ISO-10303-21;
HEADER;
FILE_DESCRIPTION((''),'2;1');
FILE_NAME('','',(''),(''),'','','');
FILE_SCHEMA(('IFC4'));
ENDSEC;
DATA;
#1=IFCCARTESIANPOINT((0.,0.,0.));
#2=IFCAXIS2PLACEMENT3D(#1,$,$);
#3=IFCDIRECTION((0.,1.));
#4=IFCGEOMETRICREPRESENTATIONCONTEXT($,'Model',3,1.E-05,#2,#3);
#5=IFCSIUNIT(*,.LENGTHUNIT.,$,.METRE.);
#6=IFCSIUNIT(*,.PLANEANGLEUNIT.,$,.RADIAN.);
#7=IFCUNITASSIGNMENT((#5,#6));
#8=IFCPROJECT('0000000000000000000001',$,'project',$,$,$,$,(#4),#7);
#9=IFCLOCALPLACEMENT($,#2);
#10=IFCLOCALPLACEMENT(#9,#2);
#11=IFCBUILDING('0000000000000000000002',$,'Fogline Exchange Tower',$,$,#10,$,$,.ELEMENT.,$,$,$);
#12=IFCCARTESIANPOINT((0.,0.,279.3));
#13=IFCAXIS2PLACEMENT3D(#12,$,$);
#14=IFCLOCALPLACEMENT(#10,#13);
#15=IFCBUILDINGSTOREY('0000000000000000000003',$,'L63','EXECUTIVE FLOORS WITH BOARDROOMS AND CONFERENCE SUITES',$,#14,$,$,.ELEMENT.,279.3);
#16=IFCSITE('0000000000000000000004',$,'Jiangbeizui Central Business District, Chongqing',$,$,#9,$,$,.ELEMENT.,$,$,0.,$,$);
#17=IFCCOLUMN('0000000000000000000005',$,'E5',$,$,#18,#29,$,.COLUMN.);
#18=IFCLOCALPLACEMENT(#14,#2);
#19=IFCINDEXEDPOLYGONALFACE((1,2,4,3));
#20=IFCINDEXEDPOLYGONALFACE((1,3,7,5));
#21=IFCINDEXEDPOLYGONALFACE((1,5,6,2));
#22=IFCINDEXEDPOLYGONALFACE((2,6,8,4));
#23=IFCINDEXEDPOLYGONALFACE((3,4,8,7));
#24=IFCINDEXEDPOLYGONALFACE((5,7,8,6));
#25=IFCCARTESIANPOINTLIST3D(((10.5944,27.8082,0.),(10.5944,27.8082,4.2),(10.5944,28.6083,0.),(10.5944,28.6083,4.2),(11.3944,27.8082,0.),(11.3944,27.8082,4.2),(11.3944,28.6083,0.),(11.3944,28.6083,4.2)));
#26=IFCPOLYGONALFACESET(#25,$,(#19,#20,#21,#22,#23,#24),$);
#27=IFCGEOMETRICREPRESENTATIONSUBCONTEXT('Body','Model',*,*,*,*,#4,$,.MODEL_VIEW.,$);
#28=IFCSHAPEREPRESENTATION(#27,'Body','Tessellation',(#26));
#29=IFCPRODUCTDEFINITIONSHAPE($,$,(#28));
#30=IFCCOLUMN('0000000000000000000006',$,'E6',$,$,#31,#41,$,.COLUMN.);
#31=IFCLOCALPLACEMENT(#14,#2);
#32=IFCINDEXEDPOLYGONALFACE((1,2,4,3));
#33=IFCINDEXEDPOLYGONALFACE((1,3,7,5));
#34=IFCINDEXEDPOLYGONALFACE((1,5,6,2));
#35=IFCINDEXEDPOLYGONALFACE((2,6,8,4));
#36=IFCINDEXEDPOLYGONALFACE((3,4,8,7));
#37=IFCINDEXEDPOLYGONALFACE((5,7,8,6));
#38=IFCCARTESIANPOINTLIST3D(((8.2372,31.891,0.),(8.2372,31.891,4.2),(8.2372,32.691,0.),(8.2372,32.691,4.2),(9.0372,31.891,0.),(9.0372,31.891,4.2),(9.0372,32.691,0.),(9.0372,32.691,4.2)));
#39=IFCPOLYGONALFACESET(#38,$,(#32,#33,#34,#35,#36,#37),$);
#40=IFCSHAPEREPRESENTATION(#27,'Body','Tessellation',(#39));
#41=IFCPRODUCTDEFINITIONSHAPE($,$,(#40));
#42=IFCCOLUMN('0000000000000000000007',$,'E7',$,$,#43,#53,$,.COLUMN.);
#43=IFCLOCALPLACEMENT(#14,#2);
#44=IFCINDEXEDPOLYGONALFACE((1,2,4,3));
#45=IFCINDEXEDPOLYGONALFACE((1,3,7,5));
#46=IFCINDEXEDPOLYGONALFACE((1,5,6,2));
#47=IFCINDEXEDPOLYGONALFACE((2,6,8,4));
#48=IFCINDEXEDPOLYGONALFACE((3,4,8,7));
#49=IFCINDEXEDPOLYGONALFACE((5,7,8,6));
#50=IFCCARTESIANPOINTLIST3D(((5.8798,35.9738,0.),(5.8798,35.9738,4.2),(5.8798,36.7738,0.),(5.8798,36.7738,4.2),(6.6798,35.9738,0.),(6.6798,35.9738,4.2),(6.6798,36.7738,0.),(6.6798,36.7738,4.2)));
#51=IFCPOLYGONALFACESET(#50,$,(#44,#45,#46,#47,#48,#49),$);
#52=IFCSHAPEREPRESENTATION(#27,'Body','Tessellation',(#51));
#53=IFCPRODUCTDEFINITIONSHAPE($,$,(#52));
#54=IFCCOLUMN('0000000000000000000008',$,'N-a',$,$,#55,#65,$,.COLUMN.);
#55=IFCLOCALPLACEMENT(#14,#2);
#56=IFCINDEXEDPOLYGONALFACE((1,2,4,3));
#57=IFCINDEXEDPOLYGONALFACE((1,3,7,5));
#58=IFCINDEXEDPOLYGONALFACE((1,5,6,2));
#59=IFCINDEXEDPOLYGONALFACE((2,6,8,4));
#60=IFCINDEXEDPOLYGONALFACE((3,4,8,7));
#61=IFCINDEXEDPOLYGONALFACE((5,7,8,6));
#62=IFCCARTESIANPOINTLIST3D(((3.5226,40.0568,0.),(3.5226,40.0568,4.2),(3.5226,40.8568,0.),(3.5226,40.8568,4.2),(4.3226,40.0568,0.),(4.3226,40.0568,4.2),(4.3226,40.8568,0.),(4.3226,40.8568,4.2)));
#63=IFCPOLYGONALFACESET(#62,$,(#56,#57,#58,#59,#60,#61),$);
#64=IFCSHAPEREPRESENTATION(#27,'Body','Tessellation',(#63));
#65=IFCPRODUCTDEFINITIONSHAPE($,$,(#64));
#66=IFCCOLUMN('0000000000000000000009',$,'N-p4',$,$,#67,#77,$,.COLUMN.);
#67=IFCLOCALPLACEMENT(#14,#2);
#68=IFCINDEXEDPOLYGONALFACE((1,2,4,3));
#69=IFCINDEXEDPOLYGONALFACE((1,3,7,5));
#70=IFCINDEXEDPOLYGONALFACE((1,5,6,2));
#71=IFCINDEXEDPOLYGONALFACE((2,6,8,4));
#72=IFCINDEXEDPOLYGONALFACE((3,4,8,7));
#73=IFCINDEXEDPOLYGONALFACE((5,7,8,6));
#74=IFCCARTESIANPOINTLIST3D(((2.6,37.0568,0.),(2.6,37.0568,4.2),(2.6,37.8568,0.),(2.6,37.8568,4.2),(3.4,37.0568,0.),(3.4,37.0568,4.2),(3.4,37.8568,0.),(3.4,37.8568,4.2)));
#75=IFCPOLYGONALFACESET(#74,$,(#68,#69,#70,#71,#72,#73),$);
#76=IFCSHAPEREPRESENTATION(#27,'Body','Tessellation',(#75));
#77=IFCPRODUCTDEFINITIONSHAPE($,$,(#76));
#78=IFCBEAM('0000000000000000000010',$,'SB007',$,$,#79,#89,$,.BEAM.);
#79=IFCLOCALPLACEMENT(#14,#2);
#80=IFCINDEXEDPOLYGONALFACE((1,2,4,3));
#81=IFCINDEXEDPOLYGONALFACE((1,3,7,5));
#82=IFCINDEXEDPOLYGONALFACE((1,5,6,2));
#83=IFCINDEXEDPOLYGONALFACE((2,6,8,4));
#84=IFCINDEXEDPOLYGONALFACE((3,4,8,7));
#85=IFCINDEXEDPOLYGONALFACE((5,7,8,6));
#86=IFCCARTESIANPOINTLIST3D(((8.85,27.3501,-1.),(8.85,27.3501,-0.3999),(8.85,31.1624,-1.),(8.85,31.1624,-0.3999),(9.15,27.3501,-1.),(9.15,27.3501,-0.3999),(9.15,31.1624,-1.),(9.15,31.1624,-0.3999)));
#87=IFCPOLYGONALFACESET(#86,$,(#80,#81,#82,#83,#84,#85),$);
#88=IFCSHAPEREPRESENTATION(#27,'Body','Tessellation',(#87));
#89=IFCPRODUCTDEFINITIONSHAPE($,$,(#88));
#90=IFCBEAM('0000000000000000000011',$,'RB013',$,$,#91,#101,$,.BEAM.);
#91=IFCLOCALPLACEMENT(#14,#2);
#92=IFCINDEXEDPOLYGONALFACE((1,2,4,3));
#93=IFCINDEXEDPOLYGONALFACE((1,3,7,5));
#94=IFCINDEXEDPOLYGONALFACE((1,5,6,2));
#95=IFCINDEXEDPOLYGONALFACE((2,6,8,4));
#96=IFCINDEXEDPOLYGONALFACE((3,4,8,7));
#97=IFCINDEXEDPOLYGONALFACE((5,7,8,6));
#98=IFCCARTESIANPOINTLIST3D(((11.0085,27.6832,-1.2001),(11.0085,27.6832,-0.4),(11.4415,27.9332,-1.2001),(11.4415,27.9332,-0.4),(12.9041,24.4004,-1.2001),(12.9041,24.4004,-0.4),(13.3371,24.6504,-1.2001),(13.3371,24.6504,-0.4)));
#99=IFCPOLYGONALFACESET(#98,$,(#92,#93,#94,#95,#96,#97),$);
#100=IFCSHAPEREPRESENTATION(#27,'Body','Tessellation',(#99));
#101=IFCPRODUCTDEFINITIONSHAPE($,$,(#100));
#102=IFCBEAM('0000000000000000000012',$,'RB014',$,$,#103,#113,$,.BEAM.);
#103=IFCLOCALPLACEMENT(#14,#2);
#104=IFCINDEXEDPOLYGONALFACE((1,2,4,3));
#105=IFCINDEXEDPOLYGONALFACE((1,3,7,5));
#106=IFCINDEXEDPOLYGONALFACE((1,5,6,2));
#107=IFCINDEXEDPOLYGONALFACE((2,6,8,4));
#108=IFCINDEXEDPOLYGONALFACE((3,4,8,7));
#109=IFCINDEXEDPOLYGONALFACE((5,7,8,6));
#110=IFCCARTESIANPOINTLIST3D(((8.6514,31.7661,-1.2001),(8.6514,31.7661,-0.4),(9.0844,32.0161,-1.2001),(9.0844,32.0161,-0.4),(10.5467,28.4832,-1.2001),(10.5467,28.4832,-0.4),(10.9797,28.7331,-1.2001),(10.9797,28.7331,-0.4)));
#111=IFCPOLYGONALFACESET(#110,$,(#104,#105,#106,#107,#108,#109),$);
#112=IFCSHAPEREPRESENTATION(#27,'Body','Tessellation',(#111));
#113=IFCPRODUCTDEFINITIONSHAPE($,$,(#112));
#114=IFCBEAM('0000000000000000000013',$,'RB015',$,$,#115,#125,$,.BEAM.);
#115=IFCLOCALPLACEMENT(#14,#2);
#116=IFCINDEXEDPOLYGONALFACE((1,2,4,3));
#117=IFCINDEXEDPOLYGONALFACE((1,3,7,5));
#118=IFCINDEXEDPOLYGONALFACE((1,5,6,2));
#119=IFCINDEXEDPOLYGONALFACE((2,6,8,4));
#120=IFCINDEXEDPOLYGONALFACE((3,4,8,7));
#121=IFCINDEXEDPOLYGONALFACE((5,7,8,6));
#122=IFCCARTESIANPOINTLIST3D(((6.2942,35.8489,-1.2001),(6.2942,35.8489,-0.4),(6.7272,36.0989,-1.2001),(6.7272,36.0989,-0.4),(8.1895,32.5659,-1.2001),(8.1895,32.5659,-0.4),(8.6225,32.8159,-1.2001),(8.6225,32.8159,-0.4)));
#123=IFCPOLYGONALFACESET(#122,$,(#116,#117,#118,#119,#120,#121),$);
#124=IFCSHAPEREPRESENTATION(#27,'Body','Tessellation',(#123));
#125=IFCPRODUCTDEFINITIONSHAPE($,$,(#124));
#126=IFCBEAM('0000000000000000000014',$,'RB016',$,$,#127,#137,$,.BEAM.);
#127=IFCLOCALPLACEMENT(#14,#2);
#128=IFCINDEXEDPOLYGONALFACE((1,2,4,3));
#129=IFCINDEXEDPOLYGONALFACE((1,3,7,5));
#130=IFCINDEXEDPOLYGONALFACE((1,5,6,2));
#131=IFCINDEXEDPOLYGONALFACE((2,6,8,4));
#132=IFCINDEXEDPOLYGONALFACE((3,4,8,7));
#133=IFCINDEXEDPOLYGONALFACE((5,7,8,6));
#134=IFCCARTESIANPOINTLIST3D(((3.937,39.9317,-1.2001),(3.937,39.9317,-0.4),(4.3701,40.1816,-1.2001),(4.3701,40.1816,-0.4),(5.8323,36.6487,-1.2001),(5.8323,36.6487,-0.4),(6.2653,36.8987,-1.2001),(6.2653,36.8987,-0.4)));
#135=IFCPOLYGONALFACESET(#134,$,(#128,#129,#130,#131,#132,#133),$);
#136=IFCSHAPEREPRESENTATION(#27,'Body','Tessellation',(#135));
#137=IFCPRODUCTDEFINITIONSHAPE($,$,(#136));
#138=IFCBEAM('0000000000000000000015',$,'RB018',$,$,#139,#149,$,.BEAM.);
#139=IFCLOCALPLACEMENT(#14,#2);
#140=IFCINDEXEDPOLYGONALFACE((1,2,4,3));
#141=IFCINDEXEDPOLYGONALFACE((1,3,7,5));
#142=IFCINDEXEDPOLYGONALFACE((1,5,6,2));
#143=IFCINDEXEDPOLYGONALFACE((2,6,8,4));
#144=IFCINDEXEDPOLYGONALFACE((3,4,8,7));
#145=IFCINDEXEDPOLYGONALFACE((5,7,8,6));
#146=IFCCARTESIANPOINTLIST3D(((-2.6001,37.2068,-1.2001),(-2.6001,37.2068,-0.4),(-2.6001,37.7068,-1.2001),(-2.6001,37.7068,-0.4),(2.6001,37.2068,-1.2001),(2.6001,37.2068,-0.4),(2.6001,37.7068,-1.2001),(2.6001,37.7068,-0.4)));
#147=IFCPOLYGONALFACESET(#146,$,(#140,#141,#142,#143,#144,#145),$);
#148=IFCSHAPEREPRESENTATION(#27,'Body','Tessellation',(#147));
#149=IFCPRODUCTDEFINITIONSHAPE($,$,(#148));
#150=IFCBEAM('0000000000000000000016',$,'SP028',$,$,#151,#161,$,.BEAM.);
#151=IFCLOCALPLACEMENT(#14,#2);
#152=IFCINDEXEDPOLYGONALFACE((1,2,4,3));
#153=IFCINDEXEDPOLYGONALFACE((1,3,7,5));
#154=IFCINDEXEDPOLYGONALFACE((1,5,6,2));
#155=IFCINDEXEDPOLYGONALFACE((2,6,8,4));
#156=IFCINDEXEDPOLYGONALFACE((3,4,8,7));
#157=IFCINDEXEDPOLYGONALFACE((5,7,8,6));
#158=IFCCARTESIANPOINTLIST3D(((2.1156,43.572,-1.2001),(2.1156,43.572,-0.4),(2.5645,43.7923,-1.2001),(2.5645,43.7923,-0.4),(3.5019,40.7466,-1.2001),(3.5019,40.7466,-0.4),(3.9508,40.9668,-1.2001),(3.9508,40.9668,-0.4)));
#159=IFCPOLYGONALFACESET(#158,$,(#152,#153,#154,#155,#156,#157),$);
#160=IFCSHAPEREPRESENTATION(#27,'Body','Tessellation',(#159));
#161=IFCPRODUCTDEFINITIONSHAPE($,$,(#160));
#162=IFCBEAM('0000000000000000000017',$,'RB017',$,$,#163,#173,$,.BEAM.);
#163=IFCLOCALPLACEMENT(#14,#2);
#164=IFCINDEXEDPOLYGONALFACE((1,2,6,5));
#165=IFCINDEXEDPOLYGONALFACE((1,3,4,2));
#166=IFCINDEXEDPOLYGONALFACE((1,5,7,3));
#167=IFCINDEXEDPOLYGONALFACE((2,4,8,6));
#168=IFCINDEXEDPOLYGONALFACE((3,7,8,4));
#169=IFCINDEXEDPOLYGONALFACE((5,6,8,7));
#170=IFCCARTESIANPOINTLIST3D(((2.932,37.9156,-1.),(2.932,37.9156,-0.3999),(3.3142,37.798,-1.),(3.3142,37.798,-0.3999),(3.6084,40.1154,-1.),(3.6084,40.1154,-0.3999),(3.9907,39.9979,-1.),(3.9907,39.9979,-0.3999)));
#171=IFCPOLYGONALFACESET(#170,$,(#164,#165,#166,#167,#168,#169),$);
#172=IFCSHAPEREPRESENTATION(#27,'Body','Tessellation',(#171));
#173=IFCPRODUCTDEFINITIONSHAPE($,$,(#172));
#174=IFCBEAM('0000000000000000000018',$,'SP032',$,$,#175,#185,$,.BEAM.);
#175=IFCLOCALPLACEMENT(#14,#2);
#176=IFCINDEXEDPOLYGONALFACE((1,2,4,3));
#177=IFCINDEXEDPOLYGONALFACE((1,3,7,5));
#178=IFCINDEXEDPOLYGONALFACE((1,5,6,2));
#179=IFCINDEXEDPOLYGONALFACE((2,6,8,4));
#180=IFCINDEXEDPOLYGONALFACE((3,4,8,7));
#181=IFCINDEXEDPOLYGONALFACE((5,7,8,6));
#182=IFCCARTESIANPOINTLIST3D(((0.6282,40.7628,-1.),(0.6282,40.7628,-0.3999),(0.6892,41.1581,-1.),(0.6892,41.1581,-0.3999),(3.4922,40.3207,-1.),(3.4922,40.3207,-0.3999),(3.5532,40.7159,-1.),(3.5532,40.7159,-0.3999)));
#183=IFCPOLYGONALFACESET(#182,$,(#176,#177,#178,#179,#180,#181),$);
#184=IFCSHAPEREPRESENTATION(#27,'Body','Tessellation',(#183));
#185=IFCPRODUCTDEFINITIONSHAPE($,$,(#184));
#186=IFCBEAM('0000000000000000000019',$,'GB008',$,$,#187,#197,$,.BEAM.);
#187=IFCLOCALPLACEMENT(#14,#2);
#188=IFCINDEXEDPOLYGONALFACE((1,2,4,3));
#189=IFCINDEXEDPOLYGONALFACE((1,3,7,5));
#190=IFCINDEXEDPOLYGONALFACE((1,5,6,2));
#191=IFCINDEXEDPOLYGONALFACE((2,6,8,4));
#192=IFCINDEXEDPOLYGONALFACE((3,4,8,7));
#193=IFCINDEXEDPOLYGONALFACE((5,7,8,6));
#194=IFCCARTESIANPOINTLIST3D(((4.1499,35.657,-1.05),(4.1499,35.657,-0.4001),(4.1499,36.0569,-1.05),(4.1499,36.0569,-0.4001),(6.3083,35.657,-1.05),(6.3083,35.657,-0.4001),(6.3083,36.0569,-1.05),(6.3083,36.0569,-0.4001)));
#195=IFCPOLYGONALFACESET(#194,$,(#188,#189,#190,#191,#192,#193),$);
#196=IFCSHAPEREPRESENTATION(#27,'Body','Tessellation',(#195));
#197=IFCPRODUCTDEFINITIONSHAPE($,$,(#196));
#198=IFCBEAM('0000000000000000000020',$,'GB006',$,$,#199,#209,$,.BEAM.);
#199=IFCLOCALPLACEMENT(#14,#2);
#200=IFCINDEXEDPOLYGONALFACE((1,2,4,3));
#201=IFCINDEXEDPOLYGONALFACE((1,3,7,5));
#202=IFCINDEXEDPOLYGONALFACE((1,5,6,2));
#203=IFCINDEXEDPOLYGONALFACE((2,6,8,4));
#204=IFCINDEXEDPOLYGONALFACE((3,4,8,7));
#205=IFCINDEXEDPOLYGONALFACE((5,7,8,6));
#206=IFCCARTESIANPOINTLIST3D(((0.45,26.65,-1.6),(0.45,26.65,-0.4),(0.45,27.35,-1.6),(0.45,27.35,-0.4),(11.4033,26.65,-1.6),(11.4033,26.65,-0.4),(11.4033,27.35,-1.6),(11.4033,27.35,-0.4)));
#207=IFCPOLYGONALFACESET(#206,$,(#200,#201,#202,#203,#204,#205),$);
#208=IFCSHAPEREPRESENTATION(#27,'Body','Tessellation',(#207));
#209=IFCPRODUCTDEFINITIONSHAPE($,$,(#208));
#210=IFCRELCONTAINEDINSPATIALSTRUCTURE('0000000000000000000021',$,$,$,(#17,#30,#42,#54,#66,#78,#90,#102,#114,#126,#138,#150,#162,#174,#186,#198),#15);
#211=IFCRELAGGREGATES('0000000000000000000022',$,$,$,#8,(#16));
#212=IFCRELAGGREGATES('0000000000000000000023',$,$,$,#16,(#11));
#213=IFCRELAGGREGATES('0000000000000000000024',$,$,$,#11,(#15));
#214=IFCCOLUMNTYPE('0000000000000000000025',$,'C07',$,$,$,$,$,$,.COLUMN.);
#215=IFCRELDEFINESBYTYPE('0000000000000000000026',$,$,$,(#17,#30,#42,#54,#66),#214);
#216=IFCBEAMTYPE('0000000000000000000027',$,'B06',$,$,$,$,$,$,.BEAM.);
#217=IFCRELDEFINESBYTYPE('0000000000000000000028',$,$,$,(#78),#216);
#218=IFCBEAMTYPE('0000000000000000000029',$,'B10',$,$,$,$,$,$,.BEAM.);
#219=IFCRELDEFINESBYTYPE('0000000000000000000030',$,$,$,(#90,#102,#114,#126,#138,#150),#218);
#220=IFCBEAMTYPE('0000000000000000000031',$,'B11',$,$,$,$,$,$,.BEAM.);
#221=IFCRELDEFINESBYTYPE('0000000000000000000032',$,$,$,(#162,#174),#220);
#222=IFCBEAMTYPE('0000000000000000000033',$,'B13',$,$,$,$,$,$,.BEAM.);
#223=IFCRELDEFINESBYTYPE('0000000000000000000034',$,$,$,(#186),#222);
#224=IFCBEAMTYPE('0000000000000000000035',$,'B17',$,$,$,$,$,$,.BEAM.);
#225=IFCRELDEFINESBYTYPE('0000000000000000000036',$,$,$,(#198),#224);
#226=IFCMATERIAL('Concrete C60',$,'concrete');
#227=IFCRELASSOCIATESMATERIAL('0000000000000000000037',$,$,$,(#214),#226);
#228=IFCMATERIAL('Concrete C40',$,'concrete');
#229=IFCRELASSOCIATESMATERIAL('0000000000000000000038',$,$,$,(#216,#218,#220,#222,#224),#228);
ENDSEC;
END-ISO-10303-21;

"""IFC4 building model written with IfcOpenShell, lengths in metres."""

from ifc_helpers import new_model, si_unit, direction, frame, origin, origin_2d, place, context, subcontext, project, spatial, rectangle, extrude, material, material_profile, profile_set, type_object, element, save


model = new_model("IFC4")

# Units and contexts
model_context = context("Model", 3, precision=1e-05, world=origin(), true_north=direction((0.0, 1.0)))
body_context = subcontext(model_context, "Body", "Model", "MODEL_VIEW")
ifc_project = project(units=[si_unit("LENGTHUNIT", "METRE"), si_unit("PLANEANGLEUNIT", "RADIAN")], contexts=[model_context])

# Site, building, storey
site_placement = place(None, origin())
site = spatial("IfcSite", under=ifc_project, at=site_placement, Name="Jiangbeizui Central Business District, Chongqing", CompositionType="ELEMENT", RefElevation=0.0)
building_placement = place(site_placement, origin())
building = spatial("IfcBuilding", under=site, at=building_placement, Name="Fogline Exchange Tower", CompositionType="ELEMENT")
storey_placement = place(building_placement, frame((0.0, 0.0, 279.3)))
storey = spatial("IfcBuildingStorey", under=building, at=storey_placement, Name="L63", Description="EXECUTIVE FLOORS WITH BOARDROOMS AND CONFERENCE SUITES", CompositionType="ELEMENT", Elevation=279.3)

# Columns
ifc_material_1 = material(Name="Concrete C60", Category="concrete")
ifc_material_profile_1 = material_profile(ifc_material_1, rectangle(XDim=0.8, YDim=0.8, at=origin_2d()), Name="RC 800x800")
ifc_profile_set_1 = profile_set([ifc_material_profile_1], Name="Concrete C60")
column_type = type_object("IfcColumnType", Name="C07", PredefinedType="COLUMN", material=ifc_profile_set_1)
for number, where, z_axis, x_axis, name in (
    (1, (10.9944, 28.2083, 0.0), (0.0, 0.0, 1.0), (1.0, 0.0, 0.0), "E5"),
    (2, (8.6372, 32.291, 0.0), (0.0, 0.0, 1.0), (1.0, 0.0, 0.0), "E6"),
    (3, (6.2798, 36.3738, 0.0), (0.0, 0.0, 1.0), (1.0, 0.0, 0.0), "E7"),
    (4, (3.9226, 40.4568, 0.0), (0.0, 0.0, 1.0), (1.0, 0.0, 0.0), "N-a"),
    (5, (3.0, 37.4568, 0.0), (0.0, 0.0, 1.0), (1.0, 0.0, 0.0), "N-p4"),
):
    element("IfcColumn", number, at=place(storey_placement, frame(where, z_axis=z_axis, x_axis=x_axis)), inside=storey, type_object=column_type, Name=name, PredefinedType="COLUMN", context=body_context, shape_type="SweptSolid", body=[
        extrude(rectangle(XDim=0.8, YDim=0.8, at=origin_2d()), origin(), (0.0, 0.0, 1.0), 4.2),
    ])

# Beams
ifc_material_2 = material(Name="Concrete C40", Category="concrete")
ifc_material_profile_2 = material_profile(ifc_material_2, rectangle(XDim=0.3, YDim=0.6001, at=origin_2d()), Name="RC 300x600")
ifc_profile_set_2 = profile_set([ifc_material_profile_2], Name="Concrete C40")
beam_type_1 = type_object("IfcBeamType", Name="B06", PredefinedType="BEAM", material=ifc_profile_set_2)
beam_1_placement = place(storey_placement, frame((9.0, 27.3501, -0.7), z_axis=(0.0, 1.0, 0.0), x_axis=(-1.0, 0.0, 0.0)))
element("IfcBeam", 6, at=beam_1_placement, inside=storey, type_object=beam_type_1, Name="SB007", PredefinedType="BEAM", context=body_context, shape_type="SweptSolid", body=[
    extrude(rectangle(XDim=0.3, YDim=0.6001, at=origin_2d()), origin(), (0.0, 0.0, 1.0), 3.8123),
])
ifc_material_profile_3 = material_profile(ifc_material_2, rectangle(XDim=0.5, YDim=0.8, at=origin_2d()), Name="RC 500x800")
ifc_profile_set_3 = profile_set([ifc_material_profile_3], Name="Concrete C40")
beam_type_2 = type_object("IfcBeamType", Name="B10", PredefinedType="BEAM", material=ifc_profile_set_3)
for number, where, z_axis, x_axis, name in (
    (7, (13.1206, 24.5254, -0.8), (-0.500046, 0.865999, 0.0), (-0.865999, -0.500046, 0.0), "RB013"),
    (8, (10.7632, 28.6082, -0.8), (-0.49997, 0.866043, 0.0), (-0.866043, -0.49997, 0.0), "RB014"),
    (9, (8.406, 32.6909, -0.8), (-0.49997, 0.866043, 0.0), (-0.866043, -0.49997, 0.0), "RB015"),
    (10, (6.0488, 36.7737, -0.8), (-0.49997, 0.866043, 0.0), (-0.866043, -0.49997, 0.0), "RB016"),
):
    element("IfcBeam", number, at=place(storey_placement, frame(where, z_axis=z_axis, x_axis=x_axis)), inside=storey, type_object=beam_type_2, Name=name, PredefinedType="BEAM", context=body_context, shape_type="SweptSolid", body=[
        extrude(rectangle(XDim=0.5, YDim=0.8, at=origin_2d()), origin(), (0.0, 0.0, 1.0), 3.7908),
    ])
beam_2_placement = place(storey_placement, frame((2.6001, 37.4568, -0.8), z_axis=(-1.0, 0.0, 0.0), x_axis=(0.0, -1.0, 0.0)))
element("IfcBeam", 11, at=beam_2_placement, inside=storey, type_object=beam_type_2, Name="RB018", PredefinedType="BEAM", context=body_context, shape_type="SweptSolid", body=[
    extrude(rectangle(XDim=0.5, YDim=0.8, at=origin_2d()), origin(), (0.0, 0.0, 1.0), 5.2002),
])
beam_3_placement = place(storey_placement, frame((3.7263, 40.8567, -0.8), z_axis=(-0.440467, 0.897769, 0.0), x_axis=(-0.897769, -0.440467, 0.0)))
element("IfcBeam", 12, at=beam_3_placement, inside=storey, type_object=beam_type_2, Name="SP028", PredefinedType="BEAM", context=body_context, shape_type="SweptSolid", body=[
    extrude(rectangle(XDim=0.5, YDim=0.8, at=origin_2d()), origin(), (0.0, 0.0, 1.0), 3.1472),
])
ifc_material_profile_4 = material_profile(ifc_material_2, rectangle(XDim=0.3999, YDim=0.6001, at=origin_2d()), Name="RC 400x600")
ifc_profile_set_4 = profile_set([ifc_material_profile_4], Name="Concrete C40")
beam_type_3 = type_object("IfcBeamType", Name="B11", PredefinedType="BEAM", material=ifc_profile_set_4)
beam_4_placement = place(storey_placement, frame((3.7996, 40.0566, -0.7), z_axis=(-0.293929, -0.955827, 0.0), x_axis=(0.955827, -0.293929, 0.0)))
element("IfcBeam", 13, at=beam_4_placement, inside=storey, type_object=beam_type_3, Name="RB017", PredefinedType="BEAM", context=body_context, shape_type="SweptSolid", body=[
    extrude(rectangle(XDim=0.3999, YDim=0.6001, at=origin_2d()), origin(), (0.0, 0.0, 1.0), 2.3015),
])
beam_5_placement = place(storey_placement, frame((3.5227, 40.5183, -0.7), z_axis=(-0.988293, 0.15257, 0.0), x_axis=(-0.15257, -0.988293, 0.0)))
element("IfcBeam", 14, at=beam_5_placement, inside=storey, type_object=beam_type_3, Name="SP032", PredefinedType="BEAM", context=body_context, shape_type="SweptSolid", body=[
    extrude(rectangle(XDim=0.3999, YDim=0.6001, at=origin_2d()), origin(), (0.0, 0.0, 1.0), 2.8979),
])
ifc_material_profile_5 = material_profile(ifc_material_2, rectangle(XDim=0.3999, YDim=0.6499, at=origin_2d()), Name="RC 400x650")
ifc_profile_set_5 = profile_set([ifc_material_profile_5], Name="Concrete C40")
beam_type_4 = type_object("IfcBeamType", Name="B13", PredefinedType="BEAM", material=ifc_profile_set_5)
beam_6_placement = place(storey_placement, frame((4.1499, 35.8569, -0.7251), z_axis=(1.0, 0.0, 0.0), x_axis=(0.0, 1.0, 0.0)))
element("IfcBeam", 15, at=beam_6_placement, inside=storey, type_object=beam_type_4, Name="GB008", PredefinedType="BEAM", context=body_context, shape_type="SweptSolid", body=[
    extrude(rectangle(XDim=0.3999, YDim=0.6499, at=origin_2d()), origin(), (0.0, 0.0, 1.0), 2.1584),
])
ifc_material_profile_6 = material_profile(ifc_material_2, rectangle(XDim=0.7, YDim=1.2, at=origin_2d()), Name="RC 700x1200")
ifc_profile_set_6 = profile_set([ifc_material_profile_6], Name="Concrete C40")
beam_type_5 = type_object("IfcBeamType", Name="B17", PredefinedType="BEAM", material=ifc_profile_set_6)
beam_7_placement = place(storey_placement, frame((0.45, 27.0, -1.0), z_axis=(1.0, 0.0, 0.0), x_axis=(0.0, 1.0, 0.0)))
element("IfcBeam", 16, at=beam_7_placement, inside=storey, type_object=beam_type_5, Name="GB006", PredefinedType="BEAM", context=body_context, shape_type="SweptSolid", body=[
    extrude(rectangle(XDim=0.7, YDim=1.2, at=origin_2d()), origin(), (0.0, 0.0, 1.0), 10.9534),
])

save(model, "model.ifc")
